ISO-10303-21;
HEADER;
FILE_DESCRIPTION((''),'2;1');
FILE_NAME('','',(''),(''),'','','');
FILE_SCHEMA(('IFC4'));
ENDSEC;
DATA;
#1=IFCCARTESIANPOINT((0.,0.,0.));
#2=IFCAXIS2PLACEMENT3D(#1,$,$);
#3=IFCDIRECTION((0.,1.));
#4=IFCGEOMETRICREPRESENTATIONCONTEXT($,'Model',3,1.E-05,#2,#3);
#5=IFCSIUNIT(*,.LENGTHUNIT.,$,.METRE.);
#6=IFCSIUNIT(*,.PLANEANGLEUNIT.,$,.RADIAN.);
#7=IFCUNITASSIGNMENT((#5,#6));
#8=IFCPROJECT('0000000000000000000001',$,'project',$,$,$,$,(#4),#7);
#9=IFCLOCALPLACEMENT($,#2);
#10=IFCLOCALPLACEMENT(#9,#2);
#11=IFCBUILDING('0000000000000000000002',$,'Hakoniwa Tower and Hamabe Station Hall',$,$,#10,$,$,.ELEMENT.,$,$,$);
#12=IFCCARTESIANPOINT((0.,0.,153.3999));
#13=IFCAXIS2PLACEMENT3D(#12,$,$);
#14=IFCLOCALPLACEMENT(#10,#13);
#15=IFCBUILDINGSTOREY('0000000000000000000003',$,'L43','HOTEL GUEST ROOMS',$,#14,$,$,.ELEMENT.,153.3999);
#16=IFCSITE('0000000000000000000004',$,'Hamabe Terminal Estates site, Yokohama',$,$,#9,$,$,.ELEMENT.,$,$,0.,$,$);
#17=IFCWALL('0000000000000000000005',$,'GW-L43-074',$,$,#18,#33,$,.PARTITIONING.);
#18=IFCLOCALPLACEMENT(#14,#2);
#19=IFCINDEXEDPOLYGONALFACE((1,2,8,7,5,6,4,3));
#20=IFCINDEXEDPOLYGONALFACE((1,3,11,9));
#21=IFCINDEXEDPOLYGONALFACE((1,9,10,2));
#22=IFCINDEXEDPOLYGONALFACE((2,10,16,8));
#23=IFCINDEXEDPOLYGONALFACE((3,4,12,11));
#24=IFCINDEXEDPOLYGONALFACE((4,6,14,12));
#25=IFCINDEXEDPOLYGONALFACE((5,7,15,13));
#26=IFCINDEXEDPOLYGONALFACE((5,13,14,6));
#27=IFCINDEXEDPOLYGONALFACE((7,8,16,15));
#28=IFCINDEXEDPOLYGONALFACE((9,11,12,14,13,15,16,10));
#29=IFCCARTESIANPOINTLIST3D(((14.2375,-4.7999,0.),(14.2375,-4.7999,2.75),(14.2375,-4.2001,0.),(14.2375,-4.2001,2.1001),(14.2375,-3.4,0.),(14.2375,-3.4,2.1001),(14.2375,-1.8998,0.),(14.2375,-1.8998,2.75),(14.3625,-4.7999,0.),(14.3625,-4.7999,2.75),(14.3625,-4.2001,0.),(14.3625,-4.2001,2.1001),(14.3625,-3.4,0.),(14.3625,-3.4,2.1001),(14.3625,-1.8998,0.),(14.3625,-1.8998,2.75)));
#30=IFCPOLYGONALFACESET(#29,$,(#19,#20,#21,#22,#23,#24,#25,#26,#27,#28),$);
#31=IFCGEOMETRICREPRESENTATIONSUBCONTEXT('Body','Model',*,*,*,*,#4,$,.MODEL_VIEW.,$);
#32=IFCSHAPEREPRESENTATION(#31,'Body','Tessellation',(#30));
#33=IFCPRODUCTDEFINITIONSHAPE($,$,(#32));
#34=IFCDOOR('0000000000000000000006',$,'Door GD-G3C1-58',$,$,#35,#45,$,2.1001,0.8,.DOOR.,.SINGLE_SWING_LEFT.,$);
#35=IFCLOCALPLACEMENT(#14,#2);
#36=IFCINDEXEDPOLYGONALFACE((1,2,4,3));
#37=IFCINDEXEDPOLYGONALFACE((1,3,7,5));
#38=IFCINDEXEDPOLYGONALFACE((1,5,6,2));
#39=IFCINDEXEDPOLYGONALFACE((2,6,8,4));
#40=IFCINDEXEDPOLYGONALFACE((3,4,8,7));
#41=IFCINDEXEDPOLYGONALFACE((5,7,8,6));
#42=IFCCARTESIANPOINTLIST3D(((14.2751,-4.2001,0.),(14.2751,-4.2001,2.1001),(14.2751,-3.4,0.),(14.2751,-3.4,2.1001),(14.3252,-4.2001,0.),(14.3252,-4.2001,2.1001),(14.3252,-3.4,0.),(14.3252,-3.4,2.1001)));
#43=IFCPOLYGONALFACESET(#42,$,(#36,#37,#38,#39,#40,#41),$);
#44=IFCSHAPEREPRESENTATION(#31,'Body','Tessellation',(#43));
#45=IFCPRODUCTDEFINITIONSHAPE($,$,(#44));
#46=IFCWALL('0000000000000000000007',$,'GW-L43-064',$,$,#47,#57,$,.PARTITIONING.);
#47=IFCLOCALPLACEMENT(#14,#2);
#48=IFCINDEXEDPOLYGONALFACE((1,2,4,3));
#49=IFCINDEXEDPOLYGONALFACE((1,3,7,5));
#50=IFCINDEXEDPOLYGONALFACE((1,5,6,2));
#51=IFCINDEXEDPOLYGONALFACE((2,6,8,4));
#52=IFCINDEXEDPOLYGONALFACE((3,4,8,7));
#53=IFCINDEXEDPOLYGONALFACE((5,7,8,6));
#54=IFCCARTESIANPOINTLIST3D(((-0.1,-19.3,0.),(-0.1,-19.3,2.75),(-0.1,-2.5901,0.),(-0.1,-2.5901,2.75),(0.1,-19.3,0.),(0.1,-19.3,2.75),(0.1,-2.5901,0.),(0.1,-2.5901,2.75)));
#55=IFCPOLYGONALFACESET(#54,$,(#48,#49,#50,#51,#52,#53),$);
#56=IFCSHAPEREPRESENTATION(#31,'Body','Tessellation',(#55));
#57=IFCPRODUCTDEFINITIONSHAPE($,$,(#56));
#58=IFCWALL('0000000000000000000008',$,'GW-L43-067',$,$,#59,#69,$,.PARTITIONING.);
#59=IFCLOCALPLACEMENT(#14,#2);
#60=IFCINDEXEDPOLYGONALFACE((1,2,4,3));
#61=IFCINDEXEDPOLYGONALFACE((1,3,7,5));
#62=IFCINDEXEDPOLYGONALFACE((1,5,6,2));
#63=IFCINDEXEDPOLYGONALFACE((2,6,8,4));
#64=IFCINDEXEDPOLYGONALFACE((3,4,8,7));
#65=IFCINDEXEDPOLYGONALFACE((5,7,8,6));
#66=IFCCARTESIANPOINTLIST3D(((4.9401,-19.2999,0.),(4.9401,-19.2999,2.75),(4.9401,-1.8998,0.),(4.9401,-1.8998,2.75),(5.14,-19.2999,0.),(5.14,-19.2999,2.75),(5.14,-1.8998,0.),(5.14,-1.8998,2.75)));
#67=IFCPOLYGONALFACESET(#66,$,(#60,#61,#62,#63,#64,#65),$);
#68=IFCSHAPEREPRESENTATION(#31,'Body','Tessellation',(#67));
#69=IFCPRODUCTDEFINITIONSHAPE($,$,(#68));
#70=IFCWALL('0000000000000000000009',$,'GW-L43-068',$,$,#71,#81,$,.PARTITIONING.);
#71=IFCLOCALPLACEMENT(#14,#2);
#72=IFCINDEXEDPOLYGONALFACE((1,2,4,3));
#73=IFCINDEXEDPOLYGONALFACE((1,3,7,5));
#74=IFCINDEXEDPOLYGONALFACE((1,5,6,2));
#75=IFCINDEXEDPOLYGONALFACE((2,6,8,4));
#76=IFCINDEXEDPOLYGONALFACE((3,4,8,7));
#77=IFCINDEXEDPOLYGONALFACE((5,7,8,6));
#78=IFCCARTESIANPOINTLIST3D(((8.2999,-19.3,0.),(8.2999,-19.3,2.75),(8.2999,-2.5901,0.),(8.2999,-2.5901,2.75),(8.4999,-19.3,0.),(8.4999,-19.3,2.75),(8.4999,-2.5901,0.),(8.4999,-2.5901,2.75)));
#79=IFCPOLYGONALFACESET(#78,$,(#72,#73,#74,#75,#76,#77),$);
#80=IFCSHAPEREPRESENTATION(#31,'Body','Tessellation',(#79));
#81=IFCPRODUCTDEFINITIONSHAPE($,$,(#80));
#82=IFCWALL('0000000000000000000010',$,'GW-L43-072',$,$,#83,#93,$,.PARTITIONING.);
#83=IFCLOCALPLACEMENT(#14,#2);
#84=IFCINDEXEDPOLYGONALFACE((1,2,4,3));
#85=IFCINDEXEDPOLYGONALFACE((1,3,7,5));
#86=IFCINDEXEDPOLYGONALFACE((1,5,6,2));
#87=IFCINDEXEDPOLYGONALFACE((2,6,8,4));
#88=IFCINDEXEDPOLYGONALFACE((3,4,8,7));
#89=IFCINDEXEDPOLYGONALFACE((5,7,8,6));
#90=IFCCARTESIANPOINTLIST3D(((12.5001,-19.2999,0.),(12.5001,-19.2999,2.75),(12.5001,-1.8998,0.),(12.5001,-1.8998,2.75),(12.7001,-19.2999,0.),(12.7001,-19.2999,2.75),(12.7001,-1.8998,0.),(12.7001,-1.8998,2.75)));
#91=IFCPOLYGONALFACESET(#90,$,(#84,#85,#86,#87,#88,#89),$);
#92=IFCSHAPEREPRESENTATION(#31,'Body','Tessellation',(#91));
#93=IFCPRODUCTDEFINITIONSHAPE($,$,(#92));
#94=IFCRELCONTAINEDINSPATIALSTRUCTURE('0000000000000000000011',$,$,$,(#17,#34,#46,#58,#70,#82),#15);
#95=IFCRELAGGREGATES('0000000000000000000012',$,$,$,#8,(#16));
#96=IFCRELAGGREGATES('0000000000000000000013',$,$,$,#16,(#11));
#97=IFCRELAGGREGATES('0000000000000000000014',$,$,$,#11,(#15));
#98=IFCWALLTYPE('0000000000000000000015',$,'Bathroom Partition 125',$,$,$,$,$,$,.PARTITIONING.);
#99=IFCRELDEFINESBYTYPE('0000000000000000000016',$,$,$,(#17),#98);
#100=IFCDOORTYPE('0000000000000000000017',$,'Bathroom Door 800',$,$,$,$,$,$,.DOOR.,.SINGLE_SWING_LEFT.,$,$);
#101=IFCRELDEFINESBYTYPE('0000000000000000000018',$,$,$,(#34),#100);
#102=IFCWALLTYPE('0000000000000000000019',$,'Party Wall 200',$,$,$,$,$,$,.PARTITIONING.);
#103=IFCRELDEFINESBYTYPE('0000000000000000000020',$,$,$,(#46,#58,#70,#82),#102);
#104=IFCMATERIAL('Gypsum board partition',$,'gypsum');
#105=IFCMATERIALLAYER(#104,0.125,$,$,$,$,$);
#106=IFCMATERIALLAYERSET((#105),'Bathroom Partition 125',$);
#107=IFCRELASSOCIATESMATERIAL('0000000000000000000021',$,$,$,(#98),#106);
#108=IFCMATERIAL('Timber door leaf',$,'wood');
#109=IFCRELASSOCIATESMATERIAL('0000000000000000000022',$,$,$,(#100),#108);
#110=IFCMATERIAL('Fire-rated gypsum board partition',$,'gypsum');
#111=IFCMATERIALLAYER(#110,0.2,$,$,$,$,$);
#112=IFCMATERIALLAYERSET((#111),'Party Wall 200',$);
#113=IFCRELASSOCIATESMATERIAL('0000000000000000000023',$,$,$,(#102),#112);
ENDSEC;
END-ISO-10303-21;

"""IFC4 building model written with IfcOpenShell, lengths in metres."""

from ifc_helpers import new_model, si_unit, direction, frame, frame_2d, origin, place, context, subcontext, project, spatial, rectangle, extrude, material, layer, layer_set, type_object, element, fill, save


model = new_model("IFC4")

# Units and contexts
model_context = context("Model", 3, precision=1e-05, world=origin(), true_north=direction((0.0, 1.0)))
body_context = subcontext(model_context, "Body", "Model", "MODEL_VIEW")
ifc_project = project(units=[si_unit("LENGTHUNIT", "METRE"), si_unit("PLANEANGLEUNIT", "RADIAN")], contexts=[model_context])

# Site, building, storey
site_placement = place(None, origin())
site = spatial("IfcSite", under=ifc_project, at=site_placement, Name="Hamabe Terminal Estates site, Yokohama", CompositionType="ELEMENT", RefElevation=0.0)
building_placement = place(site_placement, origin())
building = spatial("IfcBuilding", under=site, at=building_placement, Name="Hakoniwa Tower and Hamabe Station Hall", CompositionType="ELEMENT")
storey_placement = place(building_placement, frame((0.0, 0.0, 153.3999)))
storey = spatial("IfcBuildingStorey", under=building, at=storey_placement, Name="L43", Description="HOTEL GUEST ROOMS", CompositionType="ELEMENT", Elevation=153.3999)

# Shared definitions
ifc_material_1 = material(Name="Gypsum board partition", Category="gypsum")
ifc_layer_1 = layer(ifc_material_1, 0.125)
ifc_layer_set_1 = layer_set([ifc_layer_1], Name="Bathroom Partition 125")
wall_type_1 = type_object("IfcWallType", Name="Bathroom Partition 125", PredefinedType="PARTITIONING", material=ifc_layer_set_1)

# Wall, opening, door
ifc_material_2 = material(Name="Timber door leaf", Category="wood")
door_type = type_object("IfcDoorType", Name="Bathroom Door 800", OperationType="SINGLE_SWING_LEFT", PredefinedType="DOOR", material=ifc_material_2)
wall_1_placement = place(storey_placement, frame((14.3, -4.8, 0.0), z_axis=(0.0, 0.0, 1.0), x_axis=(0.0, 1.0, 0.0)))
wall_1 = element("IfcWall", 1, at=wall_1_placement, inside=storey, type_object=wall_type_1, Name="GW-L43-074", PredefinedType="PARTITIONING", context=body_context, shape_type="SweptSolid", body=[
    extrude(rectangle(XDim=2.9001, YDim=0.125, at=frame_2d((1.4502, 0.0))), origin(), (0.0, 0.0, 1.0), 2.75),
])
opening_1_placement = place(wall_1_placement, frame((0.6001, 0.0, 0.0)))
opening_1 = element("IfcOpeningElement", 2, at=opening_1_placement, cuts=wall_1, PredefinedType="OPENING", context=body_context, shape_type="SweptSolid", body=[
    extrude(rectangle(XDim=0.8, YDim=2.1001, at=frame_2d((0.3999, 1.05))), frame((0.0, 0.0725, 0.0), z_axis=(0.0, -1.0, 0.0), x_axis=(1.0, 0.0, 0.0)), (0.0, 0.0, 1.0), 0.145),
])
door_1_placement = place(opening_1_placement, origin())
door_1 = element("IfcDoor", 3, at=door_1_placement, inside=storey, type_object=door_type, Name="Door GD-G3C1-58", OperationType="SINGLE_SWING_LEFT", OverallHeight=2.1001, OverallWidth=0.8, PredefinedType="DOOR", context=body_context, shape_type="SweptSolid", body=[
    extrude(rectangle(XDim=0.8, YDim=2.1001, at=frame_2d((0.3999, 1.05))), frame((0.0, 0.0249, 0.0), z_axis=(0.0, -1.0, 0.0), x_axis=(1.0, 0.0, 0.0)), (0.0, 0.0, 1.0), 0.05),
])
fill(opening_1, door_1)

# Walls
ifc_material_3 = material(Name="Fire-rated gypsum board partition", Category="gypsum")
ifc_layer_2 = layer(ifc_material_3, 0.2)
ifc_layer_set_2 = layer_set([ifc_layer_2], Name="Party Wall 200")
wall_type_2 = type_object("IfcWallType", Name="Party Wall 200", PredefinedType="PARTITIONING", material=ifc_layer_set_2)
wall_2_placement = place(storey_placement, frame((0.0, -19.3, 0.0), z_axis=(0.0, 0.0, 1.0), x_axis=(0.0, 1.0, 0.0)))
element("IfcWall", 4, at=wall_2_placement, inside=storey, type_object=wall_type_2, Name="GW-L43-064", PredefinedType="PARTITIONING", context=body_context, shape_type="SweptSolid", body=[
    extrude(rectangle(XDim=16.71, YDim=0.2, at=frame_2d((8.355, 0.0))), origin(), (0.0, 0.0, 1.0), 2.75),
])
wall_3_placement = place(storey_placement, frame((5.04, -19.3, 0.0), z_axis=(0.0, 0.0, 1.0), x_axis=(0.0, 1.0, 0.0)))
element("IfcWall", 5, at=wall_3_placement, inside=storey, type_object=wall_type_2, Name="GW-L43-067", PredefinedType="PARTITIONING", context=body_context, shape_type="SweptSolid", body=[
    extrude(rectangle(XDim=17.4001, YDim=0.2, at=frame_2d((8.7002, 0.0))), origin(), (0.0, 0.0, 1.0), 2.75),
])
wall_4_placement = place(storey_placement, frame((8.3999, -19.3, 0.0), z_axis=(0.0, 0.0, 1.0), x_axis=(0.0, 1.0, 0.0)))
element("IfcWall", 6, at=wall_4_placement, inside=storey, type_object=wall_type_2, Name="GW-L43-068", PredefinedType="PARTITIONING", context=body_context, shape_type="SweptSolid", body=[
    extrude(rectangle(XDim=16.71, YDim=0.2, at=frame_2d((8.355, 0.0))), origin(), (0.0, 0.0, 1.0), 2.75),
])
wall_5_placement = place(storey_placement, frame((12.6001, -19.3, 0.0), z_axis=(0.0, 0.0, 1.0), x_axis=(0.0, 1.0, 0.0)))
element("IfcWall", 7, at=wall_5_placement, inside=storey, type_object=wall_type_2, Name="GW-L43-072", PredefinedType="PARTITIONING", context=body_context, shape_type="SweptSolid", body=[
    extrude(rectangle(XDim=17.4001, YDim=0.2, at=frame_2d((8.7002, 0.0))), origin(), (0.0, 0.0, 1.0), 2.75),
])

save(model, "model.ifc")
